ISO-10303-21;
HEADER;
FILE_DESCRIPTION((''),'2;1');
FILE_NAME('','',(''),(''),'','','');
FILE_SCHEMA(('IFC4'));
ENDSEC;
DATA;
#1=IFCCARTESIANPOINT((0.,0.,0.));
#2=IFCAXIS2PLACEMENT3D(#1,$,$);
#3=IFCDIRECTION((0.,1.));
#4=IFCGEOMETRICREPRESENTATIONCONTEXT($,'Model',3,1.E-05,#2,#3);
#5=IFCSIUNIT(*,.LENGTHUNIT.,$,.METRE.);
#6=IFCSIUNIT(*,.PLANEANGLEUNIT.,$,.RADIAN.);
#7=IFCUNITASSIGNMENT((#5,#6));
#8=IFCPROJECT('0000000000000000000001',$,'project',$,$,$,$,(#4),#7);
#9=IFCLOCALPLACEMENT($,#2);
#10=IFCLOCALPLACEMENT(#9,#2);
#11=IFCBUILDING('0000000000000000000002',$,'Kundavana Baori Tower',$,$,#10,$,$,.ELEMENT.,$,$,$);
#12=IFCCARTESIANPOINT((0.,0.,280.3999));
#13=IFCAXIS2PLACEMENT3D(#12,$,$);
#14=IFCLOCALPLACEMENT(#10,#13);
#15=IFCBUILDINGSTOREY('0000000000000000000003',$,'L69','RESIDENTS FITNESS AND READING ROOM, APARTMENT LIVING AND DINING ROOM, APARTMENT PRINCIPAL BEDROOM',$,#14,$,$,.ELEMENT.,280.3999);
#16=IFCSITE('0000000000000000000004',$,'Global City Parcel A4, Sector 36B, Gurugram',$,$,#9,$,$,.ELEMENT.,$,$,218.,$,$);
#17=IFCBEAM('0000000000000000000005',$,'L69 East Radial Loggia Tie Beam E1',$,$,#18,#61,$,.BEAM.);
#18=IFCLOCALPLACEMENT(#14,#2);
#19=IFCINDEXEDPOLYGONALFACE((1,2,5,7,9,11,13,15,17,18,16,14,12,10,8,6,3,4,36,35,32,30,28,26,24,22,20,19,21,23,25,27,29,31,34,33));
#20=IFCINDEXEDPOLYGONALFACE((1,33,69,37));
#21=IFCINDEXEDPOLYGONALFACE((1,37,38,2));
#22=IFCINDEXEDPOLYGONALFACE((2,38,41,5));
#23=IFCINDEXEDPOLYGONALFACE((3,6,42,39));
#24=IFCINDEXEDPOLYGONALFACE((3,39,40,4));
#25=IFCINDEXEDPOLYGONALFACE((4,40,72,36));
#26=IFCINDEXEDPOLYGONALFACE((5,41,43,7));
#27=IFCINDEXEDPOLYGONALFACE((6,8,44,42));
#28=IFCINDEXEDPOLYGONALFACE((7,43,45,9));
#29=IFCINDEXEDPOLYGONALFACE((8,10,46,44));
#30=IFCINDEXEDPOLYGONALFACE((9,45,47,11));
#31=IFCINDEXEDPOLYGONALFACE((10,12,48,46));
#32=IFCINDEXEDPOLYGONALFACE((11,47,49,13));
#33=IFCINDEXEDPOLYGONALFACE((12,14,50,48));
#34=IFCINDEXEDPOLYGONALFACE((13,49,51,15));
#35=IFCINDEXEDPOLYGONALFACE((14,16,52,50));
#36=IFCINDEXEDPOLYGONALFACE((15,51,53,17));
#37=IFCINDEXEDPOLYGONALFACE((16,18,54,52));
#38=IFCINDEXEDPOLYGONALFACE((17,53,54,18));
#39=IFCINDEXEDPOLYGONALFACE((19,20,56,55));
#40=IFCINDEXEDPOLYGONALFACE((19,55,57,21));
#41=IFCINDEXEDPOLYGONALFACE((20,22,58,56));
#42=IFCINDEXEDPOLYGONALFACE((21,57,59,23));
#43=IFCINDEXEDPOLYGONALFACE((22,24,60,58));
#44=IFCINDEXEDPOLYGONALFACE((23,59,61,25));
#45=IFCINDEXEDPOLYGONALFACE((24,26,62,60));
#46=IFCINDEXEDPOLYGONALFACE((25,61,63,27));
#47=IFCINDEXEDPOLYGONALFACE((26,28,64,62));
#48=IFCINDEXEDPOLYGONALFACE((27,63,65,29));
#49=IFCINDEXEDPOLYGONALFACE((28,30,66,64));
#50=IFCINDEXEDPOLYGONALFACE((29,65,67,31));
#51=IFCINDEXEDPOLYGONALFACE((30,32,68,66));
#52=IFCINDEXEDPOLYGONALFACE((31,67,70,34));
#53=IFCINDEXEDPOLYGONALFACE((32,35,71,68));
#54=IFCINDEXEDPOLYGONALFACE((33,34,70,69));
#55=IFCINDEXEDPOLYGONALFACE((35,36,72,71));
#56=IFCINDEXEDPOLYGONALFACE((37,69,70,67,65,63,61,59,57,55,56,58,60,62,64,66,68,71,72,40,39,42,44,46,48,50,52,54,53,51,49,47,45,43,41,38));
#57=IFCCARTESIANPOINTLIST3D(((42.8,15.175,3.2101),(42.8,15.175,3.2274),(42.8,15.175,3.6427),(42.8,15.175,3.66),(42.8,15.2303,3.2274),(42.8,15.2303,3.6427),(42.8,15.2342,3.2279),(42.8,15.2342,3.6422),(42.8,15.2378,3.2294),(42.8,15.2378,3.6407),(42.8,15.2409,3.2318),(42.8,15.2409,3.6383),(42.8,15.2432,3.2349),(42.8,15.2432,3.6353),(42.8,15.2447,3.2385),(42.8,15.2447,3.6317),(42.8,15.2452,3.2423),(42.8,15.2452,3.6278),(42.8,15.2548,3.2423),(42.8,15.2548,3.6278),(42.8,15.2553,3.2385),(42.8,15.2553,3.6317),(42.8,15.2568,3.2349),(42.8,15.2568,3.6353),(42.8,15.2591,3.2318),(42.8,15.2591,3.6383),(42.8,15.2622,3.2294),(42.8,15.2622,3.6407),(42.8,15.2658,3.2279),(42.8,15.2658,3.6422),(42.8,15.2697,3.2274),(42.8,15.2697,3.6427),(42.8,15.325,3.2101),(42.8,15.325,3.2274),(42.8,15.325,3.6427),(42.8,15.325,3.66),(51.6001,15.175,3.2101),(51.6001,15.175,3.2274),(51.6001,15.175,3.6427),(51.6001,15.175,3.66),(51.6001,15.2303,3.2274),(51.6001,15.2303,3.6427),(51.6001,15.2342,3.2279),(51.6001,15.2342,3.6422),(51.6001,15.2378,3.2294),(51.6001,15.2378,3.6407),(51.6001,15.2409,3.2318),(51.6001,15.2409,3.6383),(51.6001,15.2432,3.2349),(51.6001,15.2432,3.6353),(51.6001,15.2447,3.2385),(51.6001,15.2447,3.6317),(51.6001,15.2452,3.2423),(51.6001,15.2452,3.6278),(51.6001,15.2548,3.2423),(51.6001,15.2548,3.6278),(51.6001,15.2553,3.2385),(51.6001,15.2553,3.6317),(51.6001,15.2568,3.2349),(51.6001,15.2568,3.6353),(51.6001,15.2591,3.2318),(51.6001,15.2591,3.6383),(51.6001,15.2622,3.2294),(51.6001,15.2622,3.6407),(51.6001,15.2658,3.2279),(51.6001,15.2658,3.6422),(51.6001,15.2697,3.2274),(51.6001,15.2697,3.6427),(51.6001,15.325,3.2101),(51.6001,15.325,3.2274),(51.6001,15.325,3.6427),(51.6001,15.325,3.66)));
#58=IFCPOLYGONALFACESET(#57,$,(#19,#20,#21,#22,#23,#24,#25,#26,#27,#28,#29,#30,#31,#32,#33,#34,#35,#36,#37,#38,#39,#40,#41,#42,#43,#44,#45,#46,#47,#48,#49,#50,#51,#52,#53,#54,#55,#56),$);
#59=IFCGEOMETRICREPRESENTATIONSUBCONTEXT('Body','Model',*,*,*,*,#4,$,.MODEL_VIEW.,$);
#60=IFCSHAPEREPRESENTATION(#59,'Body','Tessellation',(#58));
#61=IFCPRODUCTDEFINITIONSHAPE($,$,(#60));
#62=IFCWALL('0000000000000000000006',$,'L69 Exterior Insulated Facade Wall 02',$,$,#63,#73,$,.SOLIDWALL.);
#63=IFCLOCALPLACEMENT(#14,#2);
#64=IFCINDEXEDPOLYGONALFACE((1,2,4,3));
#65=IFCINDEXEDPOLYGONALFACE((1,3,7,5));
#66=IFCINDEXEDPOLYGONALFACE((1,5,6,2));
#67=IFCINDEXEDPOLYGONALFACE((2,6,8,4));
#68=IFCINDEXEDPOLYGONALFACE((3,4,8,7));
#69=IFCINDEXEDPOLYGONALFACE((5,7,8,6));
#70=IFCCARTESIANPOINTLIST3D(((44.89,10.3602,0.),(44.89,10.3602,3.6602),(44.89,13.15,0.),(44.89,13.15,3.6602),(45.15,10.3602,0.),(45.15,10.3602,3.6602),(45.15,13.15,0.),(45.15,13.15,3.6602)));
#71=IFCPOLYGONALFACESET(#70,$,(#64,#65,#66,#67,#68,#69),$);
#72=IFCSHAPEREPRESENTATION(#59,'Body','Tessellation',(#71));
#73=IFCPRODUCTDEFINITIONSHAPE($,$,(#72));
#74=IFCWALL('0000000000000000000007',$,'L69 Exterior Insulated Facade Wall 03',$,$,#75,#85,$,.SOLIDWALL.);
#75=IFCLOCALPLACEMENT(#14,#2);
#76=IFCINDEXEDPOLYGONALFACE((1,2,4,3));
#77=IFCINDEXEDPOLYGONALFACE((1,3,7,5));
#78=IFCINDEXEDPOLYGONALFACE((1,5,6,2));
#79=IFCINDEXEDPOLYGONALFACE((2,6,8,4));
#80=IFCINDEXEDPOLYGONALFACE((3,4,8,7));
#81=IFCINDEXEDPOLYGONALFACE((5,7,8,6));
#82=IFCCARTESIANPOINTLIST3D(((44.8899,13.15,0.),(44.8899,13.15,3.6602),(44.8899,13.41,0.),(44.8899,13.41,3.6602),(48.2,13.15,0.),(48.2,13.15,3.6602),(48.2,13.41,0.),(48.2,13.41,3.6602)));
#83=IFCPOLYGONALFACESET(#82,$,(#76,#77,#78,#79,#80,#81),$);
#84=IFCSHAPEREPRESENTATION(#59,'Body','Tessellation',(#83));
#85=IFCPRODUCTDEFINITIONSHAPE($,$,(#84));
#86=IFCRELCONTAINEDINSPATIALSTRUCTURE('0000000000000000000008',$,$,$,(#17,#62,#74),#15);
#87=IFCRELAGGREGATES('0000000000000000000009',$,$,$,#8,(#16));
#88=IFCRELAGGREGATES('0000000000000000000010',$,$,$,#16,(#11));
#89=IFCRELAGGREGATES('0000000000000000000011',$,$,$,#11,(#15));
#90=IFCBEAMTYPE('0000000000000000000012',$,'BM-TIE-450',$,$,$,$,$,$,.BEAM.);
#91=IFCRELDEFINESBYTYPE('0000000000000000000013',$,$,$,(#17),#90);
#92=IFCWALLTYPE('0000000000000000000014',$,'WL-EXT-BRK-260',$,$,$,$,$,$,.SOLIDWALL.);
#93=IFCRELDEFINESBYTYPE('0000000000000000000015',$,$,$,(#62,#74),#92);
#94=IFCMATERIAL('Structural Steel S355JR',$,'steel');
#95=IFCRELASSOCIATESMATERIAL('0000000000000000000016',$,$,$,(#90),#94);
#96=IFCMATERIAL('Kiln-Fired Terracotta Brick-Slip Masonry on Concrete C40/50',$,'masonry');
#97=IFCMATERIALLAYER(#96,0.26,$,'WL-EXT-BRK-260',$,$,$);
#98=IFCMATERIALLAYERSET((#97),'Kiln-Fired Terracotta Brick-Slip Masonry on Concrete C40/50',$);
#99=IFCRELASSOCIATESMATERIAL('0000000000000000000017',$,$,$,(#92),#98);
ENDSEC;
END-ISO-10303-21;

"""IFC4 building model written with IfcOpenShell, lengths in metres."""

from ifc_helpers import new_model, si_unit, direction, frame, frame_2d, origin, origin_2d, place, context, subcontext, project, spatial, rectangle, i_section, extrude, material, layer, layer_set, material_profile, profile_set, type_object, element, save


model = new_model("IFC4")

# Units and contexts
model_context = context("Model", 3, precision=1e-05, world=origin(), true_north=direction((0.0, 1.0)))
body_context = subcontext(model_context, "Body", "Model", "MODEL_VIEW")
ifc_project = project(units=[si_unit("LENGTHUNIT", "METRE"), si_unit("PLANEANGLEUNIT", "RADIAN")], contexts=[model_context])

# Site, building, storey
site_placement = place(None, origin())
site = spatial("IfcSite", under=ifc_project, at=site_placement, Name="Global City Parcel A4, Sector 36B, Gurugram", CompositionType="ELEMENT", RefElevation=218.0)
building_placement = place(site_placement, origin())
building = spatial("IfcBuilding", under=site, at=building_placement, Name="Kundavana Baori Tower", CompositionType="ELEMENT")
storey_placement = place(building_placement, frame((0.0, 0.0, 280.3999)))
storey = spatial("IfcBuildingStorey", under=building, at=storey_placement, Name="L69", Description="RESIDENTS FITNESS AND READING ROOM, APARTMENT LIVING AND DINING ROOM, APARTMENT PRINCIPAL BEDROOM", CompositionType="ELEMENT", Elevation=280.3999)

# Beam
ifc_material_1 = material(Name="Structural Steel S355JR", Category="steel")
ifc_material_profile_1 = material_profile(ifc_material_1, i_section(OverallWidth=0.1499, OverallDepth=0.45, WebThickness=0.0095, FlangeThickness=0.0173, FilletRadius=0.0149, at=origin_2d()), Name="ISMB 450")
ifc_profile_set_1 = profile_set([ifc_material_profile_1], Name="Structural Steel S355JR")
beam_type_1 = type_object("IfcBeamType", Name="BM-TIE-450", PredefinedType="BEAM", material=ifc_profile_set_1)
beam_1_placement = place(storey_placement, frame((42.8, 15.25, 3.4351), z_axis=(1.0, 0.0, 0.0), x_axis=(0.0, 1.0, 0.0)))
element("IfcBeam", 1, at=beam_1_placement, inside=storey, type_object=beam_type_1, Name="L69 East Radial Loggia Tie Beam E1", PredefinedType="BEAM", context=body_context, shape_type="SweptSolid", body=[
    extrude(i_section(OverallWidth=0.1499, OverallDepth=0.45, WebThickness=0.0095, FlangeThickness=0.0173, FilletRadius=0.0149, at=origin_2d()), origin(), (0.0, 0.0, 1.0), 8.8),
])

# Walls
ifc_material_2 = material(Name="Kiln-Fired Terracotta Brick-Slip Masonry on Concrete C40/50", Category="masonry")
ifc_layer_1 = layer(ifc_material_2, 0.26, Name="WL-EXT-BRK-260")
ifc_layer_set_1 = layer_set([ifc_layer_1], Name="Kiln-Fired Terracotta Brick-Slip Masonry on Concrete C40/50")
wall_type_1 = type_object("IfcWallType", Name="WL-EXT-BRK-260", PredefinedType="SOLIDWALL", material=ifc_layer_set_1)
wall_1_placement = place(storey_placement, frame((45.02, 10.3601, 0.0), z_axis=(0.0, 0.0, 1.0), x_axis=(0.0, 1.0, 0.0)))
element("IfcWall", 2, at=wall_1_placement, inside=storey, type_object=wall_type_1, Name="L69 Exterior Insulated Facade Wall 02", PredefinedType="SOLIDWALL", context=body_context, shape_type="SweptSolid", body=[
    extrude(rectangle(XDim=2.7898, YDim=0.26, at=frame_2d((1.395, 0.0))), origin(), (0.0, 0.0, 1.0), 3.6602),
])
wall_2_placement = place(storey_placement, frame((44.8899, 13.28, 0.0), z_axis=(0.0, 0.0, 1.0), x_axis=(1.0, 0.0, 0.0)))
element("IfcWall", 3, at=wall_2_placement, inside=storey, type_object=wall_type_1, Name="L69 Exterior Insulated Facade Wall 03", PredefinedType="SOLIDWALL", context=body_context, shape_type="SweptSolid", body=[
    extrude(rectangle(XDim=3.3101, YDim=0.26, at=frame_2d((1.655, 0.0))), origin(), (0.0, 0.0, 1.0), 3.6602),
])

save(model, "model.ifc")
